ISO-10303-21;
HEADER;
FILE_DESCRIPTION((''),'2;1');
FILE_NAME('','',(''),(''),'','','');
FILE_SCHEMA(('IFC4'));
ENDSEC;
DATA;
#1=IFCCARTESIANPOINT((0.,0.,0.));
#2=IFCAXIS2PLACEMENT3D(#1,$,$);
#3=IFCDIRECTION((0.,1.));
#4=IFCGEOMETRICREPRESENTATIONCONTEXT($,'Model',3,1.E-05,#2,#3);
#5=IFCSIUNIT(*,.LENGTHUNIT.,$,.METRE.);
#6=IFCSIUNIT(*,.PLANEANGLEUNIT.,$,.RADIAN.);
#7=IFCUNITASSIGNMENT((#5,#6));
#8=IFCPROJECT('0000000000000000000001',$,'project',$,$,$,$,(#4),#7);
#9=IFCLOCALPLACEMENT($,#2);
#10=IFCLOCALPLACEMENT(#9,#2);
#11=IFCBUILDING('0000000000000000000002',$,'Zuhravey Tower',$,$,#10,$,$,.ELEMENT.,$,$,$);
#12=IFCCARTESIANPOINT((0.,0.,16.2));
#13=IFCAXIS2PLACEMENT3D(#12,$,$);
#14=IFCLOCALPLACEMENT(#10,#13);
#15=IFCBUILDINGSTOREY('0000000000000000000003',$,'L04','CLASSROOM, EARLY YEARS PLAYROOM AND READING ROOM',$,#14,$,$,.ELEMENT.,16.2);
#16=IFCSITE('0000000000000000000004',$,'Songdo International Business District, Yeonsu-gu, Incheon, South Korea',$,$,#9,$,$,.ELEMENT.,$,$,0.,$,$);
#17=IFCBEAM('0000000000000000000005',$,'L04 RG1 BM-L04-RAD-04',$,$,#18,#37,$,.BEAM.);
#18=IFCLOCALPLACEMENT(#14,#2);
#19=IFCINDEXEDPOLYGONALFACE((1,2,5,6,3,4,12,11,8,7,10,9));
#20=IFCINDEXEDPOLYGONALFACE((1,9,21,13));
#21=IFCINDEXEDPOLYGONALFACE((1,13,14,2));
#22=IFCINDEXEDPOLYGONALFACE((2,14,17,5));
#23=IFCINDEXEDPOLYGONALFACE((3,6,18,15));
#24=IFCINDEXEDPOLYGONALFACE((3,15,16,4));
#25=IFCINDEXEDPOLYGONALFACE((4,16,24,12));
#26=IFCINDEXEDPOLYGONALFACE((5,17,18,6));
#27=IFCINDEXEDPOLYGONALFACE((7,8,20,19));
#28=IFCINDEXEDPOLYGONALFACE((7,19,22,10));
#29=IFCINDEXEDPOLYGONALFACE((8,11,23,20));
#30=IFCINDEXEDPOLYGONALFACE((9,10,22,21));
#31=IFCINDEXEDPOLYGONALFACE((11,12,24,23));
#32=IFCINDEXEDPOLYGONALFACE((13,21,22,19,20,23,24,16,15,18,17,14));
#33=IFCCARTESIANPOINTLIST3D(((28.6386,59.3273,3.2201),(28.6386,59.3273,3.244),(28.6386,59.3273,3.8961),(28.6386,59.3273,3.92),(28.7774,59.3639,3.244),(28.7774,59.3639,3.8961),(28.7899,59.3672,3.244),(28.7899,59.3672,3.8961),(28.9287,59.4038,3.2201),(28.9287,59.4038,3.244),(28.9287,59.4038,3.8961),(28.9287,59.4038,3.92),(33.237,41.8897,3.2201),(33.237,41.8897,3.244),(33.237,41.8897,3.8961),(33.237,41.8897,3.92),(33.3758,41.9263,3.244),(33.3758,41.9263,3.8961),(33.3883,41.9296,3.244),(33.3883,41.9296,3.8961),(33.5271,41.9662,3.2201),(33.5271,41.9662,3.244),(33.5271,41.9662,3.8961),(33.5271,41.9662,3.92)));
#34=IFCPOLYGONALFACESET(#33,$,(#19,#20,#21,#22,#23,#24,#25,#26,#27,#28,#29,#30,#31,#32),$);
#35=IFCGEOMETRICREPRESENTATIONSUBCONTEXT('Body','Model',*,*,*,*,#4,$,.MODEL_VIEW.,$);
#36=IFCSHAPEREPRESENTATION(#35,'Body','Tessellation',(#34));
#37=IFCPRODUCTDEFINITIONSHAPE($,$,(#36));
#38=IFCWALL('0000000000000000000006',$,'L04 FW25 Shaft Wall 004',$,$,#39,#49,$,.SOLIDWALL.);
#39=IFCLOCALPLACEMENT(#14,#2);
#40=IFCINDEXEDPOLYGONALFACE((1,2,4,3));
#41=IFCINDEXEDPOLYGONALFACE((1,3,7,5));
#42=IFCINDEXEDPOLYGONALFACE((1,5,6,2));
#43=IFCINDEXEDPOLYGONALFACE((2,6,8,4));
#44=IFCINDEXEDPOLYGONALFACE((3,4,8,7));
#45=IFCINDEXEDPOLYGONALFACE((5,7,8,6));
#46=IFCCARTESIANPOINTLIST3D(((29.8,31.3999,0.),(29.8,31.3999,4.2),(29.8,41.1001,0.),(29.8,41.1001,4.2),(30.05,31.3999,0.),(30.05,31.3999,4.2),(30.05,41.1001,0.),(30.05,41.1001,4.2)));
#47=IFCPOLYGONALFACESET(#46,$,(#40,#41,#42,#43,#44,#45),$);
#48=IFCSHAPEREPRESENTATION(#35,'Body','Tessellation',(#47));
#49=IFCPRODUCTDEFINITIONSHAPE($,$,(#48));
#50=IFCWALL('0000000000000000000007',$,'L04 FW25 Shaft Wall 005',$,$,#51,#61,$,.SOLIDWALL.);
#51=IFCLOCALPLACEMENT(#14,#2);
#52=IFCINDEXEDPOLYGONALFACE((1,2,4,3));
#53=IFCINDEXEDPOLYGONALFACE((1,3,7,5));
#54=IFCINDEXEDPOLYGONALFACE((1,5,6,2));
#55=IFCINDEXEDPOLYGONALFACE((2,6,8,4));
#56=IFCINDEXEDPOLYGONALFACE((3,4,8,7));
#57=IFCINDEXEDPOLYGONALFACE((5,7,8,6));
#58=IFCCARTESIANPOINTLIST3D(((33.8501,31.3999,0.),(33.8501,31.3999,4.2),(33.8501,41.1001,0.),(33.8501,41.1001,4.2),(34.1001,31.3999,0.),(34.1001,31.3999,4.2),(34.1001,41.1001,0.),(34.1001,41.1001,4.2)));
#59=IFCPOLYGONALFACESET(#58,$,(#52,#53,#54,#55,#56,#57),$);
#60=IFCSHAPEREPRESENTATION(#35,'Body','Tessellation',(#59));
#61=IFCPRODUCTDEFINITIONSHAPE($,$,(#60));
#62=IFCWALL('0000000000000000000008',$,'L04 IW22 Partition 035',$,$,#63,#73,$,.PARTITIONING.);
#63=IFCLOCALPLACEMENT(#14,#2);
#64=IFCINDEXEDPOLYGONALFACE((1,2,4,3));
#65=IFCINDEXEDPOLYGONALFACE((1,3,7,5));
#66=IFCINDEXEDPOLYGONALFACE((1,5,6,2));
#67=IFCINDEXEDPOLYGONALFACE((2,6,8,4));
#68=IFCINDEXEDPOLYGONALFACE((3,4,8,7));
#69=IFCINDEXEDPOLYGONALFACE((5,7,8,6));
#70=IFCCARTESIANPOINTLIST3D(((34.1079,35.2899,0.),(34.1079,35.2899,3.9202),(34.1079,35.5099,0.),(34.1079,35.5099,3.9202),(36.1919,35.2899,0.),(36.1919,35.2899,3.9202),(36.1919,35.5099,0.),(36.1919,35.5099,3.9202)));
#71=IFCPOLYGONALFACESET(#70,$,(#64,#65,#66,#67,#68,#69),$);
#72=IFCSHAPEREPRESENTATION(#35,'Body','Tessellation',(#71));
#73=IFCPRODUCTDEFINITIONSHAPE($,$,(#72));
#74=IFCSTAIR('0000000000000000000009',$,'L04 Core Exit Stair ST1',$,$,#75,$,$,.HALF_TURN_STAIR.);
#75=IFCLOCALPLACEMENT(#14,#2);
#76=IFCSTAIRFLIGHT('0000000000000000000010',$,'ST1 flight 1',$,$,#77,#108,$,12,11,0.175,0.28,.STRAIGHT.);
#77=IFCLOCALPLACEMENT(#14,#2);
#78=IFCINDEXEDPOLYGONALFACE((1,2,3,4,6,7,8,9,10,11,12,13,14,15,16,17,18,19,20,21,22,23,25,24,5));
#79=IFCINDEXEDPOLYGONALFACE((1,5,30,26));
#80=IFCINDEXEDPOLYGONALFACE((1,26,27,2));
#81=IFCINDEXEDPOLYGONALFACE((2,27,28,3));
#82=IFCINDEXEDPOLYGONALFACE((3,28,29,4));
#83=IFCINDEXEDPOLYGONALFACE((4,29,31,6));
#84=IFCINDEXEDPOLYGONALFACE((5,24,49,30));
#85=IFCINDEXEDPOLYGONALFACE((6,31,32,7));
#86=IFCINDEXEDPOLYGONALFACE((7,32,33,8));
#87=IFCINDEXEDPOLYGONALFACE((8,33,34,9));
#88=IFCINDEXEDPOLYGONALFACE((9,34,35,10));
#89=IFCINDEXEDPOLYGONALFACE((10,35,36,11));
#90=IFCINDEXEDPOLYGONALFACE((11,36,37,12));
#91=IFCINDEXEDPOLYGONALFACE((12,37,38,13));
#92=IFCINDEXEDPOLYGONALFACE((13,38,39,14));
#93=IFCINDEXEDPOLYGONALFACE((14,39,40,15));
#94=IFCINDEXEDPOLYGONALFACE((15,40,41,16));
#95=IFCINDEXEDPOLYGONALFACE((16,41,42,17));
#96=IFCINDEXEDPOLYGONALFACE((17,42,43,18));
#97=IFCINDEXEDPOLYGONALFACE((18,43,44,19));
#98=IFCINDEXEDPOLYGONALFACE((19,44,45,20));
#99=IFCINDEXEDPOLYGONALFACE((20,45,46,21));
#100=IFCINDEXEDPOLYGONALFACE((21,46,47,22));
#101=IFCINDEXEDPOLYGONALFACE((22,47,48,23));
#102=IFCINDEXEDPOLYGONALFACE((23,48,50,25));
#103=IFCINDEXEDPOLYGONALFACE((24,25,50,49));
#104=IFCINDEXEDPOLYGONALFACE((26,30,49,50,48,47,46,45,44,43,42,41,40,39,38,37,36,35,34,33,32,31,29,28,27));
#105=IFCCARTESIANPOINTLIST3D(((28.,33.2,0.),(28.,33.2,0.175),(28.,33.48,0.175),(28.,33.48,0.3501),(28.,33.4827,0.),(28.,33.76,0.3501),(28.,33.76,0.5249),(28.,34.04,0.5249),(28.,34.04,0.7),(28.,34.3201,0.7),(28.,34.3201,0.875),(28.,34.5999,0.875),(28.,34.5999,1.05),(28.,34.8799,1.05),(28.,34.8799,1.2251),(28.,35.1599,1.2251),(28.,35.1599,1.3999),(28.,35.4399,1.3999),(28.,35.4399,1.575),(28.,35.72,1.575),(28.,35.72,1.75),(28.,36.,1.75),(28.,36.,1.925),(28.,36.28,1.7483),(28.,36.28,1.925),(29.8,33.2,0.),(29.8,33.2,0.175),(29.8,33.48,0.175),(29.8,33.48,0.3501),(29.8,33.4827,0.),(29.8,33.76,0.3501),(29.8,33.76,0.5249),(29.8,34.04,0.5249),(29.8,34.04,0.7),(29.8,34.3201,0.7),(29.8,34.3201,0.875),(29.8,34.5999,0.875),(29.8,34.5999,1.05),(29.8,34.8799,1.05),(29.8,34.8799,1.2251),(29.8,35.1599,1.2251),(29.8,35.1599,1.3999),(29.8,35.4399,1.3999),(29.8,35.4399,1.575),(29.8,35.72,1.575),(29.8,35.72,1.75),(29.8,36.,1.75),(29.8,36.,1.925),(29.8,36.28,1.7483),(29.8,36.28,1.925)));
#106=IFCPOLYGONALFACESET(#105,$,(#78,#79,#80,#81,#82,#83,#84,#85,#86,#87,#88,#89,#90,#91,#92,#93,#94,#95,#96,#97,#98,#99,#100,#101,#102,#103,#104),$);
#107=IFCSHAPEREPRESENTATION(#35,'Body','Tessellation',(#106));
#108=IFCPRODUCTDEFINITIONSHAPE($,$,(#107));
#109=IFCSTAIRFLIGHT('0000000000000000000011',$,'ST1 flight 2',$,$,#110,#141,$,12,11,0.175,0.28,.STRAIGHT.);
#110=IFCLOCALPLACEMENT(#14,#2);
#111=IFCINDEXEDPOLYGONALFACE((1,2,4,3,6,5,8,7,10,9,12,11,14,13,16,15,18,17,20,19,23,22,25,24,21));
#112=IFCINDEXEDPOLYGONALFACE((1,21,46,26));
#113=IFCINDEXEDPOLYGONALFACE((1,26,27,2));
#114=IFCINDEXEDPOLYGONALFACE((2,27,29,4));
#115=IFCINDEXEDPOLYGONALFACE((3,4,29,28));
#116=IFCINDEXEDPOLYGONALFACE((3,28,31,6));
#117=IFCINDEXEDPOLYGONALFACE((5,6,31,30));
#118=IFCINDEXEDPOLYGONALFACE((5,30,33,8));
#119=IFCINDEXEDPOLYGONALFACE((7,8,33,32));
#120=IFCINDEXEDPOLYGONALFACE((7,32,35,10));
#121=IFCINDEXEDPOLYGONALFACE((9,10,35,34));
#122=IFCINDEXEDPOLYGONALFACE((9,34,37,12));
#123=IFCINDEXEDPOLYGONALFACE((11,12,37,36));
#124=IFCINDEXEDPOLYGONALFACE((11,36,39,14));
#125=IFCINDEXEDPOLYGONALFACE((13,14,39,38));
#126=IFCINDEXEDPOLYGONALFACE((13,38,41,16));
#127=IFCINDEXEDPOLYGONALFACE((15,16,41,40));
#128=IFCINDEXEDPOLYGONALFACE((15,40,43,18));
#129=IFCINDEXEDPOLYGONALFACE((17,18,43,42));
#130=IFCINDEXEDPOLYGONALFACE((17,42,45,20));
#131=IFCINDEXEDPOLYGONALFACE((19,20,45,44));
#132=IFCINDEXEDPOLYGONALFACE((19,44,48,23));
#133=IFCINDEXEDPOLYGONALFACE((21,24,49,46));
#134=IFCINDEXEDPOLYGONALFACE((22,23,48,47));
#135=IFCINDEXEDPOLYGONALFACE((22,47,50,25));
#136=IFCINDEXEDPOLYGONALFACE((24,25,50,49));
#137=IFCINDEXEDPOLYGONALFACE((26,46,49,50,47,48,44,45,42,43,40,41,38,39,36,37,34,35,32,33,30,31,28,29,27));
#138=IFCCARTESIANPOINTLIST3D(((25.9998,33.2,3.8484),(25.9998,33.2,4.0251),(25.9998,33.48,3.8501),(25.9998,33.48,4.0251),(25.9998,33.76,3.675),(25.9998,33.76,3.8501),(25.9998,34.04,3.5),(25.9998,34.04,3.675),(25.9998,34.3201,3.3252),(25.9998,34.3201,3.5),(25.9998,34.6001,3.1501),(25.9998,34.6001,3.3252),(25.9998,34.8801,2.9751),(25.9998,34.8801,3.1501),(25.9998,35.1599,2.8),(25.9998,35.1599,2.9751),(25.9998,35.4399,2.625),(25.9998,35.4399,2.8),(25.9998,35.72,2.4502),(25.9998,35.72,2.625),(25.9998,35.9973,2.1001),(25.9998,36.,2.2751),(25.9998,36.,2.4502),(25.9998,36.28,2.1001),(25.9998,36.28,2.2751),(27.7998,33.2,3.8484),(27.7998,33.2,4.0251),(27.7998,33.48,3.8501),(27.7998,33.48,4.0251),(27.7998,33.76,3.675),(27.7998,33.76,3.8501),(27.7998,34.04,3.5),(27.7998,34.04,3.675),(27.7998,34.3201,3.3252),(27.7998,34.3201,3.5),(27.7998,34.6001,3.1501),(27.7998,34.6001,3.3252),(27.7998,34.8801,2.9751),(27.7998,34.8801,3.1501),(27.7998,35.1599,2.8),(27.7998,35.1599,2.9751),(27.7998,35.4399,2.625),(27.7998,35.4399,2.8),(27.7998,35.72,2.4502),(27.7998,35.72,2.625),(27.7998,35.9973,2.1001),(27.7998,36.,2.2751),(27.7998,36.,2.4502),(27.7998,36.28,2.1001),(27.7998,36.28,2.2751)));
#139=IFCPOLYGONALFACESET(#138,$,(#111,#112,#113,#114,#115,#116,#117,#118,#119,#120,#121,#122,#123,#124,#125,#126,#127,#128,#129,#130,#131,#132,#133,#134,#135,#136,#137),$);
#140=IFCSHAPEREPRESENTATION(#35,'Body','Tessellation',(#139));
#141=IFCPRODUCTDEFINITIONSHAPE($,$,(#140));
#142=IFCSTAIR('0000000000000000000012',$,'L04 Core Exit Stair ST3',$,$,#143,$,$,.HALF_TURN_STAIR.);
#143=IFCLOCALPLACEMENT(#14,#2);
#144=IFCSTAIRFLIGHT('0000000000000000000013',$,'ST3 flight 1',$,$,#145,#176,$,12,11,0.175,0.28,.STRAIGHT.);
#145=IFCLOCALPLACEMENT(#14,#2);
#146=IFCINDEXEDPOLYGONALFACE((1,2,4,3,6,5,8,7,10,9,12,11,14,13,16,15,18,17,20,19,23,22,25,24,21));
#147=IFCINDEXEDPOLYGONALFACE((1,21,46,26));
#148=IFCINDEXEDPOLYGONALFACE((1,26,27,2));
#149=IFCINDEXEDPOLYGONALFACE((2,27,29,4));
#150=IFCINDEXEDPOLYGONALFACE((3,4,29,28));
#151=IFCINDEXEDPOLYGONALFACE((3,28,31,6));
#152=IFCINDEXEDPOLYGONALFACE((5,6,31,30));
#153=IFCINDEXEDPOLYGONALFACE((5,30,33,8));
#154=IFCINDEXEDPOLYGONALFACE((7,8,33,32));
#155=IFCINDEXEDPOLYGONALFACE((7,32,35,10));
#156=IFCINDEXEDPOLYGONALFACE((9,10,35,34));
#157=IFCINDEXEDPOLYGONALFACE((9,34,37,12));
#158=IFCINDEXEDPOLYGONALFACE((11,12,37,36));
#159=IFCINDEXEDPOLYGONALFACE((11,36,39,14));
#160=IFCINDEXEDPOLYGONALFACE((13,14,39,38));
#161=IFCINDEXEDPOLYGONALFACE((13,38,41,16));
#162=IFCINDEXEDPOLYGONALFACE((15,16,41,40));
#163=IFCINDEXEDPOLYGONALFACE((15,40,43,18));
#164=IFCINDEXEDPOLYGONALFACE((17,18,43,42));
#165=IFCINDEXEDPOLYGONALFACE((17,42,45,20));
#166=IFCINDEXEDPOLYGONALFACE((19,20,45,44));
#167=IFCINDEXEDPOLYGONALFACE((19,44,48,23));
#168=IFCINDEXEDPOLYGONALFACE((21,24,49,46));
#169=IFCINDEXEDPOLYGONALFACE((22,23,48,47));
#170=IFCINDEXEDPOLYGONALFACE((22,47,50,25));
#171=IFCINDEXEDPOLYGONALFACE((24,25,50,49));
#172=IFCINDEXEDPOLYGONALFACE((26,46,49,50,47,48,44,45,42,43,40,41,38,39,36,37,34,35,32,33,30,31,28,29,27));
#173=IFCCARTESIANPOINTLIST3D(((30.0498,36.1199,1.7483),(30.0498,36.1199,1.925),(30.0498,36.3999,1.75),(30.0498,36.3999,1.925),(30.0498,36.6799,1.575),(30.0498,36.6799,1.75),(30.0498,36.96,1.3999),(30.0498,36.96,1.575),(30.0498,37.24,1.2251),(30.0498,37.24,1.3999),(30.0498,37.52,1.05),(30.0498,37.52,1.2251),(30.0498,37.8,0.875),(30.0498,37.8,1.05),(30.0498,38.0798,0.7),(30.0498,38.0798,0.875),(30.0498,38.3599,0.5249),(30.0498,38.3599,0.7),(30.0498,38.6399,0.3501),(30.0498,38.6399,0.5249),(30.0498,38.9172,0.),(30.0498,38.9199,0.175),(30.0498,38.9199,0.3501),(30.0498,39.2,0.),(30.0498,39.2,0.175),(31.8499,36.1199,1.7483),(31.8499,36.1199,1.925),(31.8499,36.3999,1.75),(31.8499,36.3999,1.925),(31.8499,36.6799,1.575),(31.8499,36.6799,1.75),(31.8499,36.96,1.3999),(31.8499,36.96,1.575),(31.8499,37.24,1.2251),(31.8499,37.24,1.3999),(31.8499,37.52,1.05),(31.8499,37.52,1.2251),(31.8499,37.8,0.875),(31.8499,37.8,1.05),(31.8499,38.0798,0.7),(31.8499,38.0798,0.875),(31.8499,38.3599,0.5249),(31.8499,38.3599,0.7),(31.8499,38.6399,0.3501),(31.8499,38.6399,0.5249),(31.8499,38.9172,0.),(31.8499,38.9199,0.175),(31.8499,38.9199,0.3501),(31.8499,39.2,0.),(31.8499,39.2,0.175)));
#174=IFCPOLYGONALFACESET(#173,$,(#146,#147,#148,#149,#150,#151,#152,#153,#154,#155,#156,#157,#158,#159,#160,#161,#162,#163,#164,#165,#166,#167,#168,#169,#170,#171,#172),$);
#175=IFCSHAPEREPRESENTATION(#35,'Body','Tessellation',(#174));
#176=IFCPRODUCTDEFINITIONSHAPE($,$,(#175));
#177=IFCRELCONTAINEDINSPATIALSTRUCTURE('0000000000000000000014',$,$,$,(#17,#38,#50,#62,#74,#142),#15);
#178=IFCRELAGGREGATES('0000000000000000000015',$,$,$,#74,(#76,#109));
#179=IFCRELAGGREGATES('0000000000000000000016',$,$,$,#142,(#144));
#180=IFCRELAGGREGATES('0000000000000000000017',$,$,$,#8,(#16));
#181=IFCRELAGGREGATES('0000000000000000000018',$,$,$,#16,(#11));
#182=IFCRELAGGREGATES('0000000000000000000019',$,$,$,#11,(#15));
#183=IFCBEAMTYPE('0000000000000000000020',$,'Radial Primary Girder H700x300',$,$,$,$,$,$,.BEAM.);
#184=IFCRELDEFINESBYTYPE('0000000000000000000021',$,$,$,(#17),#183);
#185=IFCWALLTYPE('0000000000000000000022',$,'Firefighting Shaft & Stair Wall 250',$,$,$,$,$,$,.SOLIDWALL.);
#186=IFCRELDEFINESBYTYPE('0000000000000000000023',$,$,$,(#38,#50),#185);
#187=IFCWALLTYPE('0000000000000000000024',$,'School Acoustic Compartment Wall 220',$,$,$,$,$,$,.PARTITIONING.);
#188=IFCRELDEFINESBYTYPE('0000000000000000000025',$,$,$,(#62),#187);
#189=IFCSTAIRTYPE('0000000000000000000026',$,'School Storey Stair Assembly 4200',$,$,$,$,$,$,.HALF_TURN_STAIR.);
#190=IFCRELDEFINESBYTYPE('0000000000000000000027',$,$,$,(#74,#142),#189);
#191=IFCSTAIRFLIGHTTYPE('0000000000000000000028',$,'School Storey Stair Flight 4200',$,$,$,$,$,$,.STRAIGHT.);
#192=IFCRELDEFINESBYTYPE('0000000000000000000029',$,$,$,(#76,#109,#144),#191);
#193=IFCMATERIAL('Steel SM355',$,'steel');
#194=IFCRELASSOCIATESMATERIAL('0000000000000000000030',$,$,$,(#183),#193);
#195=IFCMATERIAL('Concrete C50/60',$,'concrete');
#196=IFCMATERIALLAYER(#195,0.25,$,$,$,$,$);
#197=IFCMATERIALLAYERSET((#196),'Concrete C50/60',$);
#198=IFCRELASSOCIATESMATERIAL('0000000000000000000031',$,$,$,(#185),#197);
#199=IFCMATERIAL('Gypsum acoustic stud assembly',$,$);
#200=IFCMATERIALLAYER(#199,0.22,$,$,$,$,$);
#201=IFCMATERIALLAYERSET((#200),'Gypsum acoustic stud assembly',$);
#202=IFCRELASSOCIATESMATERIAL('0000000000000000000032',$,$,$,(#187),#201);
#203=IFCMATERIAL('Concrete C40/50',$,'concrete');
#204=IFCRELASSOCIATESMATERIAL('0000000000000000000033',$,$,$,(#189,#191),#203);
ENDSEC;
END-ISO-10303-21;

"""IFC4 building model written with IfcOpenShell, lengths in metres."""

from ifc_helpers import new_model, si_unit, direction, frame, frame_2d, origin, origin_2d, place, context, subcontext, project, spatial, polyline, rectangle, i_section, outline, extrude, material, layer, layer_set, material_profile, profile_set, type_object, element, aggregate, save


model = new_model("IFC4")

# Units and contexts
model_context = context("Model", 3, precision=1e-05, world=origin(), true_north=direction((0.0, 1.0)))
body_context = subcontext(model_context, "Body", "Model", "MODEL_VIEW")
ifc_project = project(units=[si_unit("LENGTHUNIT", "METRE"), si_unit("PLANEANGLEUNIT", "RADIAN")], contexts=[model_context])

# Site, building, storey
site_placement = place(None, origin())
site = spatial("IfcSite", under=ifc_project, at=site_placement, Name="Songdo International Business District, Yeonsu-gu, Incheon, South Korea", CompositionType="ELEMENT", RefElevation=0.0)
building_placement = place(site_placement, origin())
building = spatial("IfcBuilding", under=site, at=building_placement, Name="Zuhravey Tower", CompositionType="ELEMENT")
storey_placement = place(building_placement, frame((0.0, 0.0, 16.2)))
storey = spatial("IfcBuildingStorey", under=building, at=storey_placement, Name="L04", Description="CLASSROOM, EARLY YEARS PLAYROOM AND READING ROOM", CompositionType="ELEMENT", Elevation=16.2)

# Beam
ifc_material_1 = material(Name="Steel SM355", Category="steel")
ifc_material_profile = material_profile(ifc_material_1, i_section(OverallWidth=0.3, OverallDepth=0.7, WebThickness=0.0129, FlangeThickness=0.0239, at=origin_2d()), Name="H-700x300x13x24")
ifc_profile_set = profile_set([ifc_material_profile], Name="Steel SM355")
beam_type = type_object("IfcBeamType", Name="Radial Primary Girder H700x300", PredefinedType="BEAM", material=ifc_profile_set)
beam_placement = place(storey_placement, frame((33.3821, 41.928, 3.5701), z_axis=(-0.25499, 0.966944, 0.0), x_axis=(-0.966944, -0.25499, 0.0)))
element("IfcBeam", 1, at=beam_placement, inside=storey, type_object=beam_type, Name="L04 RG1 BM-L04-RAD-04", PredefinedType="BEAM", context=body_context, shape_type="SweptSolid", body=[
    extrude(i_section(OverallWidth=0.3, OverallDepth=0.7, WebThickness=0.0129, FlangeThickness=0.0239, at=origin_2d()), origin(), (0.0, 0.0, 1.0), 18.0337),
])

# Walls
ifc_material_2 = material(Name="Concrete C50/60", Category="concrete")
ifc_layer_1 = layer(ifc_material_2, 0.25)
ifc_layer_set_1 = layer_set([ifc_layer_1], Name="Concrete C50/60")
wall_type_1 = type_object("IfcWallType", Name="Firefighting Shaft & Stair Wall 250", PredefinedType="SOLIDWALL", material=ifc_layer_set_1)
for number, where, z_axis, x_axis, name in (
    (2, (29.925, 31.3999, 0.0), (0.0, 0.0, 1.0), (0.0, 1.0, 0.0), "L04 FW25 Shaft Wall 004"),
    (3, (33.9751, 31.3999, 0.0), (0.0, 0.0, 1.0), (0.0, 1.0, 0.0), "L04 FW25 Shaft Wall 005"),
):
    element("IfcWall", number, at=place(storey_placement, frame(where, z_axis=z_axis, x_axis=x_axis)), inside=storey, type_object=wall_type_1, Name=name, PredefinedType="SOLIDWALL", context=body_context, shape_type="SweptSolid", body=[
        extrude(rectangle(XDim=9.7002, YDim=0.25, at=frame_2d((4.8501, 0.0))), origin(), (0.0, 0.0, 1.0), 4.2),
    ])
ifc_material_3 = material(Name="Gypsum acoustic stud assembly")
ifc_layer_2 = layer(ifc_material_3, 0.22)
ifc_layer_set_2 = layer_set([ifc_layer_2], Name="Gypsum acoustic stud assembly")
wall_type_2 = type_object("IfcWallType", Name="School Acoustic Compartment Wall 220", PredefinedType="PARTITIONING", material=ifc_layer_set_2)
wall_placement = place(storey_placement, frame((34.1079, 35.3999, 0.0), z_axis=(0.0, 0.0, 1.0), x_axis=(1.0, 0.0, 0.0)))
element("IfcWall", 4, at=wall_placement, inside=storey, type_object=wall_type_2, Name="L04 IW22 Partition 035", PredefinedType="PARTITIONING", context=body_context, shape_type="SweptSolid", body=[
    extrude(rectangle(XDim=2.084, YDim=0.22, at=frame_2d((1.042, 0.0))), origin(), (0.0, 0.0, 1.0), 3.9202),
])

# Stairs, stair flights
ifc_material_4 = material(Name="Concrete C40/50", Category="concrete")
stair_type = type_object("IfcStairType", Name="School Storey Stair Assembly 4200", PredefinedType="HALF_TURN_STAIR", material=ifc_material_4)
stair_1_placement = place(storey_placement, origin())
stair_1 = element("IfcStair", 5, at=stair_1_placement, inside=storey, type_object=stair_type, Name="L04 Core Exit Stair ST1", PredefinedType="HALF_TURN_STAIR")
stair_flight_type = type_object("IfcStairFlightType", Name="School Storey Stair Flight 4200", PredefinedType="STRAIGHT", material=ifc_material_4)
stair_flight_1_placement = place(storey_placement, frame((28.8999, 33.2, 0.0), z_axis=(0.0, 0.0, 1.0), x_axis=(0.0, 1.0, 0.0)))
stair_flight_1 = element("IfcStairFlight", 6, at=stair_flight_1_placement, type_object=stair_flight_type, Name="ST1 flight 1", NumberOfRisers=12, NumberOfTreads=11, PredefinedType="STRAIGHT", RiserHeight=0.175, TreadLength=0.28, context=body_context, shape_type="SweptSolid", body=[
    extrude(outline(polyline([(0.0, 0.0), (0.0, 0.175), (0.28, 0.175), (0.28, 0.3501), (0.5601, 0.3501), (0.5601, 0.5249), (0.8401, 0.5249), (0.8401, 0.7), (1.1201, 0.7), (1.1201, 0.875), (1.3999, 0.875), (1.3999, 1.05), (1.6799, 1.05), (1.6799, 1.2251), (1.96, 1.2251), (1.96, 1.3999), (2.24, 1.3999), (2.24, 1.575), (2.52, 1.575), (2.52, 1.75), (2.8, 1.75), (2.8, 1.925), (3.0801, 1.925), (3.0801, 2.1001), (3.0801, 1.7483), (0.2827, 0.0), (0.0, 0.0)])), frame((0.0, 0.8999, 0.0), z_axis=(0.0, -1.0, 0.0), x_axis=(1.0, 0.0, 0.0)), (0.0, 0.0, 1.0), 1.8),
])
stair_flight_2_placement = place(storey_placement, frame((26.8999, 36.28, 2.1001), z_axis=(0.0, 0.0, 1.0), x_axis=(0.0, -1.0, 0.0)))
stair_flight_2 = element("IfcStairFlight", 7, at=stair_flight_2_placement, type_object=stair_flight_type, Name="ST1 flight 2", NumberOfRisers=12, NumberOfTreads=11, PredefinedType="STRAIGHT", RiserHeight=0.175, TreadLength=0.28, context=body_context, shape_type="SweptSolid", body=[
    extrude(outline(polyline([(0.0, 0.0), (0.0, 0.175), (0.28, 0.175), (0.28, 0.3501), (0.5601, 0.3501), (0.5601, 0.5249), (0.8401, 0.5249), (0.8401, 0.7), (1.1201, 0.7), (1.1201, 0.875), (1.3999, 0.875), (1.3999, 1.05), (1.6799, 1.05), (1.6799, 1.2251), (1.96, 1.2251), (1.96, 1.3999), (2.24, 1.3999), (2.24, 1.575), (2.52, 1.575), (2.52, 1.75), (2.8, 1.75), (2.8, 1.925), (3.0801, 1.925), (3.0801, 2.1001), (3.0801, 1.7483), (0.2827, 0.0), (0.0, 0.0)])), frame((0.0, 0.8999, 0.0), z_axis=(0.0, -1.0, 0.0), x_axis=(1.0, 0.0, 0.0)), (0.0, 0.0, 1.0), 1.8),
])
aggregate(stair_1, [stair_flight_1, stair_flight_2])
stair_2_placement = place(storey_placement, origin())
stair_2 = element("IfcStair", 8, at=stair_2_placement, inside=storey, type_object=stair_type, Name="L04 Core Exit Stair ST3", PredefinedType="HALF_TURN_STAIR")
stair_flight_3_placement = place(storey_placement, frame((30.95, 39.2, 0.0), z_axis=(0.0, 0.0, 1.0), x_axis=(0.0, -1.0, 0.0)))
stair_flight_3 = element("IfcStairFlight", 9, at=stair_flight_3_placement, type_object=stair_flight_type, Name="ST3 flight 1", NumberOfRisers=12, NumberOfTreads=11, PredefinedType="STRAIGHT", RiserHeight=0.175, TreadLength=0.28, context=body_context, shape_type="SweptSolid", body=[
    extrude(outline(polyline([(0.0, 0.0), (0.0, 0.175), (0.28, 0.175), (0.28, 0.3501), (0.5601, 0.3501), (0.5601, 0.5249), (0.8401, 0.5249), (0.8401, 0.7), (1.1201, 0.7), (1.1201, 0.875), (1.3999, 0.875), (1.3999, 1.05), (1.6799, 1.05), (1.6799, 1.2251), (1.96, 1.2251), (1.96, 1.3999), (2.24, 1.3999), (2.24, 1.575), (2.52, 1.575), (2.52, 1.75), (2.8, 1.75), (2.8, 1.925), (3.0801, 1.925), (3.0801, 2.1001), (3.0801, 1.7483), (0.2827, 0.0), (0.0, 0.0)])), frame((0.0, 0.8999, 0.0), z_axis=(0.0, -1.0, 0.0), x_axis=(1.0, 0.0, 0.0)), (0.0, 0.0, 1.0), 1.8),
])
aggregate(stair_2, [stair_flight_3])

save(model, "model.ifc")
